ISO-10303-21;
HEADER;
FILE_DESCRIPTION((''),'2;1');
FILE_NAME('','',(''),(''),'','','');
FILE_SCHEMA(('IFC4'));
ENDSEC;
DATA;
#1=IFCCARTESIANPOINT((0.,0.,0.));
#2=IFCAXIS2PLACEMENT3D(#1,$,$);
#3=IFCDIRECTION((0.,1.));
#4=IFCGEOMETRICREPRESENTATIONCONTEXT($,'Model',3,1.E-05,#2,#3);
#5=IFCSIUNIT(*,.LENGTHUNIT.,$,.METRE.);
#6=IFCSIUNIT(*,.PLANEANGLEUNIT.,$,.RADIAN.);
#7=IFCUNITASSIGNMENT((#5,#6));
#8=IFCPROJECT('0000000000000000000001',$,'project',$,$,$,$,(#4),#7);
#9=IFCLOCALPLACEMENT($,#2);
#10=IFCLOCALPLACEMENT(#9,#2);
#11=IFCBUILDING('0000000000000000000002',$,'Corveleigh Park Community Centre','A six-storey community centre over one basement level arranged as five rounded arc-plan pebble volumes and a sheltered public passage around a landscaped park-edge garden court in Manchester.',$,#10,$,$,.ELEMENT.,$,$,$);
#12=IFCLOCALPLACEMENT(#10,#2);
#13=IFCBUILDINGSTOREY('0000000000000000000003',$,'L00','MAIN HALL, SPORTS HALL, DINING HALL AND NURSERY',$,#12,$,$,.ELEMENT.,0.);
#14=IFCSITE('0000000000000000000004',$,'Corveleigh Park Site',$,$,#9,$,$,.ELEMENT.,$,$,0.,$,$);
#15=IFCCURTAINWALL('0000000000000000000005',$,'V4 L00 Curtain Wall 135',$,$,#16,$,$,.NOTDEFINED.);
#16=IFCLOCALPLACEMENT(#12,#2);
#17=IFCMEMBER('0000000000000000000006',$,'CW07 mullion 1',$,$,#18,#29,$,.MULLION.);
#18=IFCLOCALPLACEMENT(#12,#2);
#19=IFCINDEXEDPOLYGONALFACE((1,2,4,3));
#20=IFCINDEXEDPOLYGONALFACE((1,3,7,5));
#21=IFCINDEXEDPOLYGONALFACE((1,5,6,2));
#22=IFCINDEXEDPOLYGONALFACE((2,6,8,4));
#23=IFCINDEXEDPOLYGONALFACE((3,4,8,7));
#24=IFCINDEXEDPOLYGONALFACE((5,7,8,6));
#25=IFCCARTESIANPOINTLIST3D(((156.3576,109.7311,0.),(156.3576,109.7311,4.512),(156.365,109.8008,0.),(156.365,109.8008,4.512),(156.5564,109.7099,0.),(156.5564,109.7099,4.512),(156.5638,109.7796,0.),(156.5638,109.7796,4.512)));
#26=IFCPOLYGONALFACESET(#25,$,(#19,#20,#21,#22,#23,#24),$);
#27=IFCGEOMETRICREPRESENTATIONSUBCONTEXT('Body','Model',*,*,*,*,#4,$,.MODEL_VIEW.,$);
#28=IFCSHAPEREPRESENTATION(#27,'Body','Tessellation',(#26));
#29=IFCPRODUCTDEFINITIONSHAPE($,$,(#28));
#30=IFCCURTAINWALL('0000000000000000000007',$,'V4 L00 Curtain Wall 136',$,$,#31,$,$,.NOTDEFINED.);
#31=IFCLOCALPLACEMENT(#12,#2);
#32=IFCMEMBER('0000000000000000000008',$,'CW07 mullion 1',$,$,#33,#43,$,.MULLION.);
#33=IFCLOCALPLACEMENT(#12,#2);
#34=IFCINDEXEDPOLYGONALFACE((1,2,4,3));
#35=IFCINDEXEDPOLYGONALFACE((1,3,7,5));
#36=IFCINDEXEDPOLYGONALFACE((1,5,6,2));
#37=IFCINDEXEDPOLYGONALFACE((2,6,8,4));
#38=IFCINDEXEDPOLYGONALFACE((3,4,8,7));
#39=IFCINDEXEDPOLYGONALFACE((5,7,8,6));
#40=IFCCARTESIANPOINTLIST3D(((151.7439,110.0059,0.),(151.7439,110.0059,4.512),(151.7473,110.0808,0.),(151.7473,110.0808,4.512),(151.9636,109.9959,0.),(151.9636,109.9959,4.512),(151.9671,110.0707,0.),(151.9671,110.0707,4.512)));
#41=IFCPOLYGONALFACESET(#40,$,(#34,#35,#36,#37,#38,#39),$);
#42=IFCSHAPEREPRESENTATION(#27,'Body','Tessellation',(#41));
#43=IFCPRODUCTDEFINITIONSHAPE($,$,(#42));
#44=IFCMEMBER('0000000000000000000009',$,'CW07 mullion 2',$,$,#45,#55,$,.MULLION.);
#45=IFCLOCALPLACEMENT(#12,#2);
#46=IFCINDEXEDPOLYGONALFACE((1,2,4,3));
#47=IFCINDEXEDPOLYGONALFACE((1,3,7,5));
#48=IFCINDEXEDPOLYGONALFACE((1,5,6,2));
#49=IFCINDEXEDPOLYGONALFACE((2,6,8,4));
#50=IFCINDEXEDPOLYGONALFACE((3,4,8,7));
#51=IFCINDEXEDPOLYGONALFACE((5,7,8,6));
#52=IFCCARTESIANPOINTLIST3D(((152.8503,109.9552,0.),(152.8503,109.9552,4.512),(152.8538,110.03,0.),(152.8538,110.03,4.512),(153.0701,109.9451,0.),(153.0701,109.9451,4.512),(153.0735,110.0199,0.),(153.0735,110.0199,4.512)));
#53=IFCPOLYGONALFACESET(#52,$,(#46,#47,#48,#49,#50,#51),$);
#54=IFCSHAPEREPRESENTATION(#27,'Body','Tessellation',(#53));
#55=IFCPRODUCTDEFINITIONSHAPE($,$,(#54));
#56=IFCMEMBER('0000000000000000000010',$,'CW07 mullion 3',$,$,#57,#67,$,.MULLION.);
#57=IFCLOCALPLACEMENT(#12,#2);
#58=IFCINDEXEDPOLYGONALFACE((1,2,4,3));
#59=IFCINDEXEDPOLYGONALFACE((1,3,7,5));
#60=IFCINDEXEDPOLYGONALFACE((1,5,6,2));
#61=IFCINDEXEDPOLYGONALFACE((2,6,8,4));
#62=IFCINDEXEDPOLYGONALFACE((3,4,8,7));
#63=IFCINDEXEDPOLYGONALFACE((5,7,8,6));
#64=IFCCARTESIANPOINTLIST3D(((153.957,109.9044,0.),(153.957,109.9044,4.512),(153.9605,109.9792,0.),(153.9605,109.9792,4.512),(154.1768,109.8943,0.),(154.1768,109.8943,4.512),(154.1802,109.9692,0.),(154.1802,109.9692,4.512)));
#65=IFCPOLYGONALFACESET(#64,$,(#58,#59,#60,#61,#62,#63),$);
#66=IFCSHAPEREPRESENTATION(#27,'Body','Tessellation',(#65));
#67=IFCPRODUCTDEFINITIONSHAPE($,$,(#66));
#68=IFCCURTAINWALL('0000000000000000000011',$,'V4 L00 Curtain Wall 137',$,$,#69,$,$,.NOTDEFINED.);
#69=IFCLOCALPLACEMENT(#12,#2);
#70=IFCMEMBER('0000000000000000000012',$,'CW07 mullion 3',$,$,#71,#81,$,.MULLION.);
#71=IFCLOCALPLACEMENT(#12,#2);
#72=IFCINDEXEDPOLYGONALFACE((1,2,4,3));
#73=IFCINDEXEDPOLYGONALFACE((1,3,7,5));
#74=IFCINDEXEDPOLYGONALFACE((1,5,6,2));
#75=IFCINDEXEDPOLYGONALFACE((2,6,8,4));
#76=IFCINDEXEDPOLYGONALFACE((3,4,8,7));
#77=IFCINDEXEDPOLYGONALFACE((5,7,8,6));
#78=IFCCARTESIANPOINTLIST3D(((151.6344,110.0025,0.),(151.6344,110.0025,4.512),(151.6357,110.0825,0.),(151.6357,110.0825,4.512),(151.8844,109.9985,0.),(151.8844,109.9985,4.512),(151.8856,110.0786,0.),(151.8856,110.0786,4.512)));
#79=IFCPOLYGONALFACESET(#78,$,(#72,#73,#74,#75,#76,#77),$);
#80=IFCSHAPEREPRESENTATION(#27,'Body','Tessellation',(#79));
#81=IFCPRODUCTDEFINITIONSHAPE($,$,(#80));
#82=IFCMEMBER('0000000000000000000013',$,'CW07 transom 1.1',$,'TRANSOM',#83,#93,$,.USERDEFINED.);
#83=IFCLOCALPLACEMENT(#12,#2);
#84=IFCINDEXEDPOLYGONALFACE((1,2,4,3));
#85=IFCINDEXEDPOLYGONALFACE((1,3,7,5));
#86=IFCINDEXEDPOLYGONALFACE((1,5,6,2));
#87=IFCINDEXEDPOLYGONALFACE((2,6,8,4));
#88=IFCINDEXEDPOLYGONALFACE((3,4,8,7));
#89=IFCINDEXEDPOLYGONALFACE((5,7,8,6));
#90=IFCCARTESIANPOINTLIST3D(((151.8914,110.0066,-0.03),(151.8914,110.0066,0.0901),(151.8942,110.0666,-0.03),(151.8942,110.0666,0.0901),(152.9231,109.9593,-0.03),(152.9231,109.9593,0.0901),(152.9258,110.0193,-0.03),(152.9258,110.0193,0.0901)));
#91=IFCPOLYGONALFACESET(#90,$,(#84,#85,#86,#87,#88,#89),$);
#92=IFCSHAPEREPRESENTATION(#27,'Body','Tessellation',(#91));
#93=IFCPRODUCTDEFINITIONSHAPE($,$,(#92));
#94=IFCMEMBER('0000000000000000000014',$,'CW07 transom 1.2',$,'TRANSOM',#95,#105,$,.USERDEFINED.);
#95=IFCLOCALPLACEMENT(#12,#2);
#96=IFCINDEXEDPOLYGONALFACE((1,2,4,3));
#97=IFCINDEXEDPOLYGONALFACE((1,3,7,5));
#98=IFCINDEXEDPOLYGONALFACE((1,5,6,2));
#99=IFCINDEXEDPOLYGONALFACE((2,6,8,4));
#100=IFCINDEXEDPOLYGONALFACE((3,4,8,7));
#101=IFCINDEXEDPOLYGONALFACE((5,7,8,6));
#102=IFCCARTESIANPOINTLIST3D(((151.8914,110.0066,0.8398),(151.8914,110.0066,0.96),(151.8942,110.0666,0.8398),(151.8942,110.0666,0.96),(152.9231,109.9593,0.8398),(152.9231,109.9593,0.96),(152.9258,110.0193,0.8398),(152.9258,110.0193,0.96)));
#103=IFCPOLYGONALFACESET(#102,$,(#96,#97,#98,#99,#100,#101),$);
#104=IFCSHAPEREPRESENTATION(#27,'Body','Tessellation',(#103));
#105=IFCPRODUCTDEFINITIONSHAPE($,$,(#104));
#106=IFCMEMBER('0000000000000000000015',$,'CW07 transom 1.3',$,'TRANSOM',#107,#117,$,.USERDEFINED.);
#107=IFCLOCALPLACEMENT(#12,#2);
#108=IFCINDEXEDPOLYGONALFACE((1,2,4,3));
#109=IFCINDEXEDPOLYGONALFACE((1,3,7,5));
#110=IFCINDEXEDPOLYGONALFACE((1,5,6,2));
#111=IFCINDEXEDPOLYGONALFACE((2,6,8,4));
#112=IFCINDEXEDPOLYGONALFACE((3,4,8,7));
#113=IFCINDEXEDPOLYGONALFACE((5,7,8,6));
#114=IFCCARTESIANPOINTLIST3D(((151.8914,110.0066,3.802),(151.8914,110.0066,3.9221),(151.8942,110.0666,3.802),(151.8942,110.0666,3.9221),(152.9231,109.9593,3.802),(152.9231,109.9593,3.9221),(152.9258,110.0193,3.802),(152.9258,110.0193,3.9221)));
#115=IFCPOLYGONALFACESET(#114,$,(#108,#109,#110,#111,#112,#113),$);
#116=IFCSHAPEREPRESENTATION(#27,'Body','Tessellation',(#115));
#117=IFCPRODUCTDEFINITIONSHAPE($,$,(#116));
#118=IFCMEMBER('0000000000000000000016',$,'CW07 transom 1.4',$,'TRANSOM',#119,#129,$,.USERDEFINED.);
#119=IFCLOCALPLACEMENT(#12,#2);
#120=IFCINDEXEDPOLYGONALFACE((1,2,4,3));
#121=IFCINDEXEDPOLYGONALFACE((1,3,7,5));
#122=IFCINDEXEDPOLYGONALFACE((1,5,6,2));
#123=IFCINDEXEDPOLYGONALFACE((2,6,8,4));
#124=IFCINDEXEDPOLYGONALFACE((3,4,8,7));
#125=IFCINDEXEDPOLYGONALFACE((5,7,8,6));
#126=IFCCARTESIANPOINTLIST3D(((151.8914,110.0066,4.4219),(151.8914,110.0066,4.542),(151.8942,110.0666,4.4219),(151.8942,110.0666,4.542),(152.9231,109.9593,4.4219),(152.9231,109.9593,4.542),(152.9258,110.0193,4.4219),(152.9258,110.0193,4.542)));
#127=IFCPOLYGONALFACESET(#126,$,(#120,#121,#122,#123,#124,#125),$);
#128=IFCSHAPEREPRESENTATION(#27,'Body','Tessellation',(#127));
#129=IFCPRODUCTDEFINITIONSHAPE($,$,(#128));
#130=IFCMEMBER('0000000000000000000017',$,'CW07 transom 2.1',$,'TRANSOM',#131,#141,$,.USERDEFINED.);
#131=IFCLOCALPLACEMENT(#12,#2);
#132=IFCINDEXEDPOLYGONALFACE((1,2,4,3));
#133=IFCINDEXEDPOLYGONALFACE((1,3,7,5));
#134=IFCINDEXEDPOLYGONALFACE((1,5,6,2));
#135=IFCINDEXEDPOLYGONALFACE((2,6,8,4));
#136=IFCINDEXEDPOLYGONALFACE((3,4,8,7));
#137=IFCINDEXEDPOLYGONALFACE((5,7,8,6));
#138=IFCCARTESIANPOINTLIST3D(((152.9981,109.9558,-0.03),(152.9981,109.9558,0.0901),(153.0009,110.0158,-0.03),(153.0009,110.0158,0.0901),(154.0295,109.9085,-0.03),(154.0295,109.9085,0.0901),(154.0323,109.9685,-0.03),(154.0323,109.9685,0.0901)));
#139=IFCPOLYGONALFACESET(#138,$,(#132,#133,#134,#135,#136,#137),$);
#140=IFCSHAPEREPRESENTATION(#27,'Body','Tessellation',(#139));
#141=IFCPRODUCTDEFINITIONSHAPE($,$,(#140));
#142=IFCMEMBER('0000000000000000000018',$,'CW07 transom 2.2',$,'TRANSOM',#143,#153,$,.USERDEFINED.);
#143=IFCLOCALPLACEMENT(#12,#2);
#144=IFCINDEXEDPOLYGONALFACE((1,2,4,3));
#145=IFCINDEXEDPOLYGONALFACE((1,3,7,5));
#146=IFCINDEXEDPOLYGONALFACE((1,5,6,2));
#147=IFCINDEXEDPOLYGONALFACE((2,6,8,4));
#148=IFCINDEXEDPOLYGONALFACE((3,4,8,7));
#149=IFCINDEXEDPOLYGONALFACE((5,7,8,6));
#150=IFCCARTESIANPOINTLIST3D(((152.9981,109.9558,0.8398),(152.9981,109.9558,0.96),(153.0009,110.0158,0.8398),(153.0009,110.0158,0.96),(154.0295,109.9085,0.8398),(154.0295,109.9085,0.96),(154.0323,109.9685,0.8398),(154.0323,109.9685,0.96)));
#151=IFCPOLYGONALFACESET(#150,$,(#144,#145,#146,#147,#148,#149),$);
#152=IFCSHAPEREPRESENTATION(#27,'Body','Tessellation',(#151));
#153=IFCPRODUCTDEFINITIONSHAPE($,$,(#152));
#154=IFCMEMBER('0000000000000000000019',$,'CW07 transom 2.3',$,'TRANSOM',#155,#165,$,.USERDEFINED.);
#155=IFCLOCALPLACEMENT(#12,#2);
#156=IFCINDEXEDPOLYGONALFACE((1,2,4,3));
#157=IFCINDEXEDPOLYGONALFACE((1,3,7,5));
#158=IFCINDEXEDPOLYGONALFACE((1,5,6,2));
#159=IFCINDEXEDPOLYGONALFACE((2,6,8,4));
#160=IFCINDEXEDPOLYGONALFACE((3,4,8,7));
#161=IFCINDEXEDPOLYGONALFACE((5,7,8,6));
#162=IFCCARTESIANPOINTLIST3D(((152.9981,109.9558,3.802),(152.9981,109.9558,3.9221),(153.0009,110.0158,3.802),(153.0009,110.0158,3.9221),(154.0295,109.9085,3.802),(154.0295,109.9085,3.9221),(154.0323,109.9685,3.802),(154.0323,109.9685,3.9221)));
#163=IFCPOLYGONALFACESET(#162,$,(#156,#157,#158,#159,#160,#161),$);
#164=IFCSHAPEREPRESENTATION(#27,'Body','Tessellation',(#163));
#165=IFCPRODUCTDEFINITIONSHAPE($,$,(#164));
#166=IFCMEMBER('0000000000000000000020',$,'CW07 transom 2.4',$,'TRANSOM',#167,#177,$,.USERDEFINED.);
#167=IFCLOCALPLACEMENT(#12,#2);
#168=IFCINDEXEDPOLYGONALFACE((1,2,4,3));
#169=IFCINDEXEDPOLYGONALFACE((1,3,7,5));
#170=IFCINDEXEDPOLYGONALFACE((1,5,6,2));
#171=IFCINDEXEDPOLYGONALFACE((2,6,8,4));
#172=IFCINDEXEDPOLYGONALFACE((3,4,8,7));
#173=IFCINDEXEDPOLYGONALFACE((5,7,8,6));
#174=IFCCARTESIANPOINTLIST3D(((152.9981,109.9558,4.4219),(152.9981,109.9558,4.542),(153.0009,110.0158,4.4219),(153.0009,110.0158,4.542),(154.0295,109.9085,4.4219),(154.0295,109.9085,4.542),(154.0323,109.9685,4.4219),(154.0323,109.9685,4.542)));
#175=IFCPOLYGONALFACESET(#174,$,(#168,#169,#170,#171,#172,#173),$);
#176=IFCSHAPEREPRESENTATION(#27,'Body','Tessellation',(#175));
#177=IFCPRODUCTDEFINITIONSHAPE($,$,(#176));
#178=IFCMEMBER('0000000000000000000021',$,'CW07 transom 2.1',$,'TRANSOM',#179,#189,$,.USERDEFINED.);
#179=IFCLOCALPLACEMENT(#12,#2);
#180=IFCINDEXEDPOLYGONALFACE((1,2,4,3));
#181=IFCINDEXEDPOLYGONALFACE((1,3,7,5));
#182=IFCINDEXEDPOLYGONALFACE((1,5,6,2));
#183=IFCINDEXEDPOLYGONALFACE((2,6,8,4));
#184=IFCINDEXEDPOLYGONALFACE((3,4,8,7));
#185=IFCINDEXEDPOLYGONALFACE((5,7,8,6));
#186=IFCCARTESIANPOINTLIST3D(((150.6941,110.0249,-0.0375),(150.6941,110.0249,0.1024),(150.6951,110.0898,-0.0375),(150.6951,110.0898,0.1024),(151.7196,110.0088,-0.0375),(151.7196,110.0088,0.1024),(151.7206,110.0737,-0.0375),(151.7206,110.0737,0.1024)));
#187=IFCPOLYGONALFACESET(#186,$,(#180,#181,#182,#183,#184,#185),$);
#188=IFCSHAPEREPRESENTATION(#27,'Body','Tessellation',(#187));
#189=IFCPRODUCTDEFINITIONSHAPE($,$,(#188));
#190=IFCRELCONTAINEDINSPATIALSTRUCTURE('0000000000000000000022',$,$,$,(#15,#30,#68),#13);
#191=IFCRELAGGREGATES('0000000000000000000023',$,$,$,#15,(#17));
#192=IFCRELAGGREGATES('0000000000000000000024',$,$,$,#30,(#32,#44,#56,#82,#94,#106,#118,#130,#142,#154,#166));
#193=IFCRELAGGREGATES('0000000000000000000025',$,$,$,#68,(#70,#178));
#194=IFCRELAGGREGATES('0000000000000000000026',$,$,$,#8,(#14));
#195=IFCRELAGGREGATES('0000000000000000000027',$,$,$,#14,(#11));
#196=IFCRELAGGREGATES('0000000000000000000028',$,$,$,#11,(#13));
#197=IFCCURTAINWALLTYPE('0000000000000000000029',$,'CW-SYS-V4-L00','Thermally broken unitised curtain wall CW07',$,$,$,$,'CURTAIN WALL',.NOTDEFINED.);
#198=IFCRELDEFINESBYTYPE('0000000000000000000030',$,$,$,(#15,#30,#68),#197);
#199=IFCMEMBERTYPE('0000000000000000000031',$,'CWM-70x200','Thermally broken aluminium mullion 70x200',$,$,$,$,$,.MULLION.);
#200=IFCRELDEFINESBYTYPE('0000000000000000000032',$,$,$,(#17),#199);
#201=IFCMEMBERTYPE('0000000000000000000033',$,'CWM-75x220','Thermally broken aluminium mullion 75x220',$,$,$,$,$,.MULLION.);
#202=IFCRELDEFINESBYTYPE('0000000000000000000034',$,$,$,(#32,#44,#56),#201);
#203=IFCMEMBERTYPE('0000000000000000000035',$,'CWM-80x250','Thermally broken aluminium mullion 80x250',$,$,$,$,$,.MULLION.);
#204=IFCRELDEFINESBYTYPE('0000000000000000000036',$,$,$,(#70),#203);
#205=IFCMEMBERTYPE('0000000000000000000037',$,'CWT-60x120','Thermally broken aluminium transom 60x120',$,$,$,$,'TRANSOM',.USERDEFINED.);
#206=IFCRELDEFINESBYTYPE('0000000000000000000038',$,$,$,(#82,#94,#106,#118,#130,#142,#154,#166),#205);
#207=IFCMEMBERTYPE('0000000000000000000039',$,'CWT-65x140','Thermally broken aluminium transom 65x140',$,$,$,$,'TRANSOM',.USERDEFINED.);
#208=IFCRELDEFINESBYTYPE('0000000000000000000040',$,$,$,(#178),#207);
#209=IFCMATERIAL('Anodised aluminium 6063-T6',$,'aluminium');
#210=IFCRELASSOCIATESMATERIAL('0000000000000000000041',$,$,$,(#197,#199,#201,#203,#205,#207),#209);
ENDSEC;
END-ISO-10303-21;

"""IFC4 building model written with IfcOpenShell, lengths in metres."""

from ifc_helpers import new_model, si_unit, direction, frame, origin, origin_2d, place, context, subcontext, project, spatial, rectangle, extrude, material, material_profile, profile_set, type_object, element, aggregate, save


model = new_model("IFC4")

# Units and contexts
model_context = context("Model", 3, precision=1e-05, world=origin(), true_north=direction((0.0, 1.0)))
body_context = subcontext(model_context, "Body", "Model", "MODEL_VIEW")
ifc_project = project(units=[si_unit("LENGTHUNIT", "METRE"), si_unit("PLANEANGLEUNIT", "RADIAN")], contexts=[model_context])

# Site, building, storey
site_placement = place(None, origin())
site = spatial("IfcSite", under=ifc_project, at=site_placement, Name="Corveleigh Park Site", CompositionType="ELEMENT", RefElevation=0.0)
building_placement = place(site_placement, origin())
building = spatial("IfcBuilding", under=site, at=building_placement, Name="Corveleigh Park Community Centre", Description="A six-storey community centre over one basement level arranged as five rounded arc-plan pebble volumes and a sheltered public passage around a landscaped park-edge garden court in Manchester.", CompositionType="ELEMENT")
storey_placement = place(building_placement, origin())
storey = spatial("IfcBuildingStorey", under=building, at=storey_placement, Name="L00", Description="MAIN HALL, SPORTS HALL, DINING HALL AND NURSERY", CompositionType="ELEMENT", Elevation=0.0)

# Curtain wall, member
ifc_material_1 = material(Name="Anodised aluminium 6063-T6", Category="aluminium")
curtain_wall_type = type_object("IfcCurtainWallType", Name="CW-SYS-V4-L00", Description="Thermally broken unitised curtain wall CW07", ElementType="CURTAIN WALL", PredefinedType="NOTDEFINED", material=ifc_material_1)
curtain_wall_1_placement = place(storey_placement, origin())
curtain_wall_1 = element("IfcCurtainWall", 1, at=curtain_wall_1_placement, inside=storey, type_object=curtain_wall_type, Name="V4 L00 Curtain Wall 135", PredefinedType="NOTDEFINED")
ifc_material_profile_1 = material_profile(ifc_material_1, rectangle(XDim=0.0701, YDim=0.2, at=origin_2d()), Name="ALU-M70x200", Category="aluminium")
ifc_profile_set_1 = profile_set([ifc_material_profile_1], Name="Anodised aluminium 6063-T6")
member_type_1 = type_object("IfcMemberType", Name="CWM-70x200", Description="Thermally broken aluminium mullion 70x200", PredefinedType="MULLION", material=ifc_profile_set_1)
member_1_placement = place(storey_placement, frame((156.4607, 109.7554, 0.0), z_axis=(0.0, 0.0, 1.0), x_axis=(0.106071, 0.994359, 0.0)))
member_1 = element("IfcMember", 2, at=member_1_placement, type_object=member_type_1, Name="CW07 mullion 1", PredefinedType="MULLION", context=body_context, shape_type="SweptSolid", body=[
    extrude(rectangle(XDim=0.0701, YDim=0.2, at=origin_2d()), origin(), (0.0, 0.0, 1.0), 4.512),
])

# Curtain wall, members
curtain_wall_2_placement = place(storey_placement, origin())
curtain_wall_2 = element("IfcCurtainWall", 3, at=curtain_wall_2_placement, inside=storey, type_object=curtain_wall_type, Name="V4 L00 Curtain Wall 136", PredefinedType="NOTDEFINED")
ifc_material_profile_2 = material_profile(ifc_material_1, rectangle(XDim=0.075, YDim=0.22, at=origin_2d()), Name="ALU-M75x220", Category="aluminium")
ifc_profile_set_2 = profile_set([ifc_material_profile_2], Name="Anodised aluminium 6063-T6")
member_type_2 = type_object("IfcMemberType", Name="CWM-75x220", Description="Thermally broken aluminium mullion 75x220", PredefinedType="MULLION", material=ifc_profile_set_2)
member_2_placement = place(storey_placement, frame((151.8555, 110.0383, 0.0), z_axis=(0.0, 0.0, 1.0), x_axis=(0.045843, 0.998949, 0.0)))
member_2 = element("IfcMember", 4, at=member_2_placement, type_object=member_type_2, Name="CW07 mullion 1", PredefinedType="MULLION", context=body_context, shape_type="SweptSolid", body=[
    extrude(rectangle(XDim=0.075, YDim=0.22, at=origin_2d()), origin(), (0.0, 0.0, 1.0), 4.512),
])
member_3_placement = place(storey_placement, frame((152.9619, 109.9875, 0.0), z_axis=(0.0, 0.0, 1.0), x_axis=(0.045843, 0.998949, 0.0)))
member_3 = element("IfcMember", 5, at=member_3_placement, type_object=member_type_2, Name="CW07 mullion 2", PredefinedType="MULLION", context=body_context, shape_type="SweptSolid", body=[
    extrude(rectangle(XDim=0.075, YDim=0.22, at=origin_2d()), origin(), (0.0, 0.0, 1.0), 4.512),
])
member_4_placement = place(storey_placement, frame((154.0686, 109.9368, 0.0), z_axis=(0.0, 0.0, 1.0), x_axis=(0.045843, 0.998949, 0.0)))
member_4 = element("IfcMember", 6, at=member_4_placement, type_object=member_type_2, Name="CW07 mullion 3", PredefinedType="MULLION", context=body_context, shape_type="SweptSolid", body=[
    extrude(rectangle(XDim=0.075, YDim=0.22, at=origin_2d()), origin(), (0.0, 0.0, 1.0), 4.512),
])

# Curtain wall, member
curtain_wall_3_placement = place(storey_placement, origin())
curtain_wall_3 = element("IfcCurtainWall", 7, at=curtain_wall_3_placement, inside=storey, type_object=curtain_wall_type, Name="V4 L00 Curtain Wall 137", PredefinedType="NOTDEFINED")
ifc_material_profile_3 = material_profile(ifc_material_1, rectangle(XDim=0.0801, YDim=0.25, at=origin_2d()), Name="ALU-M80x250", Category="aluminium")
ifc_profile_set_3 = profile_set([ifc_material_profile_3], Name="Anodised aluminium 6063-T6")
member_type_3 = type_object("IfcMemberType", Name="CWM-80x250", Description="Thermally broken aluminium mullion 80x250", PredefinedType="MULLION", material=ifc_profile_set_3)
member_5_placement = place(storey_placement, frame((151.76, 110.0405, 0.0), z_axis=(0.0, 0.0, 1.0), x_axis=(0.015712, 0.999877, 0.0)))
member_5 = element("IfcMember", 8, at=member_5_placement, type_object=member_type_3, Name="CW07 mullion 3", PredefinedType="MULLION", context=body_context, shape_type="SweptSolid", body=[
    extrude(rectangle(XDim=0.0801, YDim=0.25, at=origin_2d()), origin(), (0.0, 0.0, 1.0), 4.512),
])

# Members
ifc_material_profile_4 = material_profile(ifc_material_1, rectangle(XDim=0.0601, YDim=0.1201, at=origin_2d()), Name="ALU-T60x120", Category="aluminium")
ifc_profile_set_4 = profile_set([ifc_material_profile_4], Name="Anodised aluminium 6063-T6")
member_type_4 = type_object("IfcMemberType", Name="CWT-60x120", Description="Thermally broken aluminium transom 60x120", ElementType="TRANSOM", PredefinedType="USERDEFINED", material=ifc_profile_set_4)
member_6_placement = place(storey_placement, frame((151.8928, 110.0366, 0.03), z_axis=(0.998948, -0.045858, 0.0), x_axis=(0.045858, 0.998948, 0.0)))
member_6 = element("IfcMember", 9, at=member_6_placement, type_object=member_type_4, Name="CW07 transom 1.1", ObjectType="TRANSOM", PredefinedType="USERDEFINED", context=body_context, shape_type="SweptSolid", body=[
    extrude(rectangle(XDim=0.0601, YDim=0.1201, at=origin_2d()), origin(), (0.0, 0.0, 1.0), 1.0327),
])
member_7_placement = place(storey_placement, frame((151.8928, 110.0366, 0.8999), z_axis=(0.998948, -0.045858, 0.0), x_axis=(0.045858, 0.998948, 0.0)))
member_7 = element("IfcMember", 10, at=member_7_placement, type_object=member_type_4, Name="CW07 transom 1.2", ObjectType="TRANSOM", PredefinedType="USERDEFINED", context=body_context, shape_type="SweptSolid", body=[
    extrude(rectangle(XDim=0.0601, YDim=0.1201, at=origin_2d()), origin(), (0.0, 0.0, 1.0), 1.0327),
])
member_8_placement = place(storey_placement, frame((151.8928, 110.0366, 3.8621), z_axis=(0.998948, -0.045858, 0.0), x_axis=(0.045858, 0.998948, 0.0)))
member_8 = element("IfcMember", 11, at=member_8_placement, type_object=member_type_4, Name="CW07 transom 1.3", ObjectType="TRANSOM", PredefinedType="USERDEFINED", context=body_context, shape_type="SweptSolid", body=[
    extrude(rectangle(XDim=0.0601, YDim=0.1201, at=origin_2d()), origin(), (0.0, 0.0, 1.0), 1.0327),
])
member_9_placement = place(storey_placement, frame((151.8928, 110.0366, 4.4819), z_axis=(0.998948, -0.045858, 0.0), x_axis=(0.045858, 0.998948, 0.0)))
member_9 = element("IfcMember", 12, at=member_9_placement, type_object=member_type_4, Name="CW07 transom 1.4", ObjectType="TRANSOM", PredefinedType="USERDEFINED", context=body_context, shape_type="SweptSolid", body=[
    extrude(rectangle(XDim=0.0601, YDim=0.1201, at=origin_2d()), origin(), (0.0, 0.0, 1.0), 1.0327),
])
member_10_placement = place(storey_placement, frame((152.9995, 109.9858, 0.03), z_axis=(0.998947, -0.045869, 0.0), x_axis=(0.045869, 0.998947, 0.0)))
member_10 = element("IfcMember", 13, at=member_10_placement, type_object=member_type_4, Name="CW07 transom 2.1", ObjectType="TRANSOM", PredefinedType="USERDEFINED", context=body_context, shape_type="SweptSolid", body=[
    extrude(rectangle(XDim=0.0601, YDim=0.1201, at=origin_2d()), origin(), (0.0, 0.0, 1.0), 1.0325),
])
member_11_placement = place(storey_placement, frame((152.9995, 109.9858, 0.8999), z_axis=(0.998947, -0.045869, 0.0), x_axis=(0.045869, 0.998947, 0.0)))
member_11 = element("IfcMember", 14, at=member_11_placement, type_object=member_type_4, Name="CW07 transom 2.2", ObjectType="TRANSOM", PredefinedType="USERDEFINED", context=body_context, shape_type="SweptSolid", body=[
    extrude(rectangle(XDim=0.0601, YDim=0.1201, at=origin_2d()), origin(), (0.0, 0.0, 1.0), 1.0325),
])
member_12_placement = place(storey_placement, frame((152.9995, 109.9858, 3.8621), z_axis=(0.998947, -0.045869, 0.0), x_axis=(0.045869, 0.998947, 0.0)))
member_12 = element("IfcMember", 15, at=member_12_placement, type_object=member_type_4, Name="CW07 transom 2.3", ObjectType="TRANSOM", PredefinedType="USERDEFINED", context=body_context, shape_type="SweptSolid", body=[
    extrude(rectangle(XDim=0.0601, YDim=0.1201, at=origin_2d()), origin(), (0.0, 0.0, 1.0), 1.0325),
])
member_13_placement = place(storey_placement, frame((152.9995, 109.9858, 4.4819), z_axis=(0.998947, -0.045869, 0.0), x_axis=(0.045869, 0.998947, 0.0)))
member_13 = element("IfcMember", 16, at=member_13_placement, type_object=member_type_4, Name="CW07 transom 2.4", ObjectType="TRANSOM", PredefinedType="USERDEFINED", context=body_context, shape_type="SweptSolid", body=[
    extrude(rectangle(XDim=0.0601, YDim=0.1201, at=origin_2d()), origin(), (0.0, 0.0, 1.0), 1.0325),
])
ifc_material_profile_5 = material_profile(ifc_material_1, rectangle(XDim=0.0649, YDim=0.1399, at=origin_2d()), Name="ALU-T65x140", Category="aluminium")
ifc_profile_set_5 = profile_set([ifc_material_profile_5], Name="Anodised aluminium 6063-T6")
member_type_5 = type_object("IfcMemberType", Name="CWT-65x140", Description="Thermally broken aluminium transom 65x140", ElementType="TRANSOM", PredefinedType="USERDEFINED", material=ifc_profile_set_5)
member_14_placement = place(storey_placement, frame((150.6946, 110.0574, 0.0325), z_axis=(0.999877, -0.015712, 0.0), x_axis=(0.015712, 0.999877, 0.0)))
member_14 = element("IfcMember", 17, at=member_14_placement, type_object=member_type_5, Name="CW07 transom 2.1", ObjectType="TRANSOM", PredefinedType="USERDEFINED", context=body_context, shape_type="SweptSolid", body=[
    extrude(rectangle(XDim=0.0649, YDim=0.1399, at=origin_2d()), origin(), (0.0, 0.0, 1.0), 1.0256),
])
aggregate(curtain_wall_1, [member_1])

aggregate(curtain_wall_2, [member_2, member_3, member_4, member_6, member_7, member_8, member_9, member_10, member_11, member_12, member_13])
aggregate(curtain_wall_3, [member_5, member_14])

save(model, "model.ifc")
